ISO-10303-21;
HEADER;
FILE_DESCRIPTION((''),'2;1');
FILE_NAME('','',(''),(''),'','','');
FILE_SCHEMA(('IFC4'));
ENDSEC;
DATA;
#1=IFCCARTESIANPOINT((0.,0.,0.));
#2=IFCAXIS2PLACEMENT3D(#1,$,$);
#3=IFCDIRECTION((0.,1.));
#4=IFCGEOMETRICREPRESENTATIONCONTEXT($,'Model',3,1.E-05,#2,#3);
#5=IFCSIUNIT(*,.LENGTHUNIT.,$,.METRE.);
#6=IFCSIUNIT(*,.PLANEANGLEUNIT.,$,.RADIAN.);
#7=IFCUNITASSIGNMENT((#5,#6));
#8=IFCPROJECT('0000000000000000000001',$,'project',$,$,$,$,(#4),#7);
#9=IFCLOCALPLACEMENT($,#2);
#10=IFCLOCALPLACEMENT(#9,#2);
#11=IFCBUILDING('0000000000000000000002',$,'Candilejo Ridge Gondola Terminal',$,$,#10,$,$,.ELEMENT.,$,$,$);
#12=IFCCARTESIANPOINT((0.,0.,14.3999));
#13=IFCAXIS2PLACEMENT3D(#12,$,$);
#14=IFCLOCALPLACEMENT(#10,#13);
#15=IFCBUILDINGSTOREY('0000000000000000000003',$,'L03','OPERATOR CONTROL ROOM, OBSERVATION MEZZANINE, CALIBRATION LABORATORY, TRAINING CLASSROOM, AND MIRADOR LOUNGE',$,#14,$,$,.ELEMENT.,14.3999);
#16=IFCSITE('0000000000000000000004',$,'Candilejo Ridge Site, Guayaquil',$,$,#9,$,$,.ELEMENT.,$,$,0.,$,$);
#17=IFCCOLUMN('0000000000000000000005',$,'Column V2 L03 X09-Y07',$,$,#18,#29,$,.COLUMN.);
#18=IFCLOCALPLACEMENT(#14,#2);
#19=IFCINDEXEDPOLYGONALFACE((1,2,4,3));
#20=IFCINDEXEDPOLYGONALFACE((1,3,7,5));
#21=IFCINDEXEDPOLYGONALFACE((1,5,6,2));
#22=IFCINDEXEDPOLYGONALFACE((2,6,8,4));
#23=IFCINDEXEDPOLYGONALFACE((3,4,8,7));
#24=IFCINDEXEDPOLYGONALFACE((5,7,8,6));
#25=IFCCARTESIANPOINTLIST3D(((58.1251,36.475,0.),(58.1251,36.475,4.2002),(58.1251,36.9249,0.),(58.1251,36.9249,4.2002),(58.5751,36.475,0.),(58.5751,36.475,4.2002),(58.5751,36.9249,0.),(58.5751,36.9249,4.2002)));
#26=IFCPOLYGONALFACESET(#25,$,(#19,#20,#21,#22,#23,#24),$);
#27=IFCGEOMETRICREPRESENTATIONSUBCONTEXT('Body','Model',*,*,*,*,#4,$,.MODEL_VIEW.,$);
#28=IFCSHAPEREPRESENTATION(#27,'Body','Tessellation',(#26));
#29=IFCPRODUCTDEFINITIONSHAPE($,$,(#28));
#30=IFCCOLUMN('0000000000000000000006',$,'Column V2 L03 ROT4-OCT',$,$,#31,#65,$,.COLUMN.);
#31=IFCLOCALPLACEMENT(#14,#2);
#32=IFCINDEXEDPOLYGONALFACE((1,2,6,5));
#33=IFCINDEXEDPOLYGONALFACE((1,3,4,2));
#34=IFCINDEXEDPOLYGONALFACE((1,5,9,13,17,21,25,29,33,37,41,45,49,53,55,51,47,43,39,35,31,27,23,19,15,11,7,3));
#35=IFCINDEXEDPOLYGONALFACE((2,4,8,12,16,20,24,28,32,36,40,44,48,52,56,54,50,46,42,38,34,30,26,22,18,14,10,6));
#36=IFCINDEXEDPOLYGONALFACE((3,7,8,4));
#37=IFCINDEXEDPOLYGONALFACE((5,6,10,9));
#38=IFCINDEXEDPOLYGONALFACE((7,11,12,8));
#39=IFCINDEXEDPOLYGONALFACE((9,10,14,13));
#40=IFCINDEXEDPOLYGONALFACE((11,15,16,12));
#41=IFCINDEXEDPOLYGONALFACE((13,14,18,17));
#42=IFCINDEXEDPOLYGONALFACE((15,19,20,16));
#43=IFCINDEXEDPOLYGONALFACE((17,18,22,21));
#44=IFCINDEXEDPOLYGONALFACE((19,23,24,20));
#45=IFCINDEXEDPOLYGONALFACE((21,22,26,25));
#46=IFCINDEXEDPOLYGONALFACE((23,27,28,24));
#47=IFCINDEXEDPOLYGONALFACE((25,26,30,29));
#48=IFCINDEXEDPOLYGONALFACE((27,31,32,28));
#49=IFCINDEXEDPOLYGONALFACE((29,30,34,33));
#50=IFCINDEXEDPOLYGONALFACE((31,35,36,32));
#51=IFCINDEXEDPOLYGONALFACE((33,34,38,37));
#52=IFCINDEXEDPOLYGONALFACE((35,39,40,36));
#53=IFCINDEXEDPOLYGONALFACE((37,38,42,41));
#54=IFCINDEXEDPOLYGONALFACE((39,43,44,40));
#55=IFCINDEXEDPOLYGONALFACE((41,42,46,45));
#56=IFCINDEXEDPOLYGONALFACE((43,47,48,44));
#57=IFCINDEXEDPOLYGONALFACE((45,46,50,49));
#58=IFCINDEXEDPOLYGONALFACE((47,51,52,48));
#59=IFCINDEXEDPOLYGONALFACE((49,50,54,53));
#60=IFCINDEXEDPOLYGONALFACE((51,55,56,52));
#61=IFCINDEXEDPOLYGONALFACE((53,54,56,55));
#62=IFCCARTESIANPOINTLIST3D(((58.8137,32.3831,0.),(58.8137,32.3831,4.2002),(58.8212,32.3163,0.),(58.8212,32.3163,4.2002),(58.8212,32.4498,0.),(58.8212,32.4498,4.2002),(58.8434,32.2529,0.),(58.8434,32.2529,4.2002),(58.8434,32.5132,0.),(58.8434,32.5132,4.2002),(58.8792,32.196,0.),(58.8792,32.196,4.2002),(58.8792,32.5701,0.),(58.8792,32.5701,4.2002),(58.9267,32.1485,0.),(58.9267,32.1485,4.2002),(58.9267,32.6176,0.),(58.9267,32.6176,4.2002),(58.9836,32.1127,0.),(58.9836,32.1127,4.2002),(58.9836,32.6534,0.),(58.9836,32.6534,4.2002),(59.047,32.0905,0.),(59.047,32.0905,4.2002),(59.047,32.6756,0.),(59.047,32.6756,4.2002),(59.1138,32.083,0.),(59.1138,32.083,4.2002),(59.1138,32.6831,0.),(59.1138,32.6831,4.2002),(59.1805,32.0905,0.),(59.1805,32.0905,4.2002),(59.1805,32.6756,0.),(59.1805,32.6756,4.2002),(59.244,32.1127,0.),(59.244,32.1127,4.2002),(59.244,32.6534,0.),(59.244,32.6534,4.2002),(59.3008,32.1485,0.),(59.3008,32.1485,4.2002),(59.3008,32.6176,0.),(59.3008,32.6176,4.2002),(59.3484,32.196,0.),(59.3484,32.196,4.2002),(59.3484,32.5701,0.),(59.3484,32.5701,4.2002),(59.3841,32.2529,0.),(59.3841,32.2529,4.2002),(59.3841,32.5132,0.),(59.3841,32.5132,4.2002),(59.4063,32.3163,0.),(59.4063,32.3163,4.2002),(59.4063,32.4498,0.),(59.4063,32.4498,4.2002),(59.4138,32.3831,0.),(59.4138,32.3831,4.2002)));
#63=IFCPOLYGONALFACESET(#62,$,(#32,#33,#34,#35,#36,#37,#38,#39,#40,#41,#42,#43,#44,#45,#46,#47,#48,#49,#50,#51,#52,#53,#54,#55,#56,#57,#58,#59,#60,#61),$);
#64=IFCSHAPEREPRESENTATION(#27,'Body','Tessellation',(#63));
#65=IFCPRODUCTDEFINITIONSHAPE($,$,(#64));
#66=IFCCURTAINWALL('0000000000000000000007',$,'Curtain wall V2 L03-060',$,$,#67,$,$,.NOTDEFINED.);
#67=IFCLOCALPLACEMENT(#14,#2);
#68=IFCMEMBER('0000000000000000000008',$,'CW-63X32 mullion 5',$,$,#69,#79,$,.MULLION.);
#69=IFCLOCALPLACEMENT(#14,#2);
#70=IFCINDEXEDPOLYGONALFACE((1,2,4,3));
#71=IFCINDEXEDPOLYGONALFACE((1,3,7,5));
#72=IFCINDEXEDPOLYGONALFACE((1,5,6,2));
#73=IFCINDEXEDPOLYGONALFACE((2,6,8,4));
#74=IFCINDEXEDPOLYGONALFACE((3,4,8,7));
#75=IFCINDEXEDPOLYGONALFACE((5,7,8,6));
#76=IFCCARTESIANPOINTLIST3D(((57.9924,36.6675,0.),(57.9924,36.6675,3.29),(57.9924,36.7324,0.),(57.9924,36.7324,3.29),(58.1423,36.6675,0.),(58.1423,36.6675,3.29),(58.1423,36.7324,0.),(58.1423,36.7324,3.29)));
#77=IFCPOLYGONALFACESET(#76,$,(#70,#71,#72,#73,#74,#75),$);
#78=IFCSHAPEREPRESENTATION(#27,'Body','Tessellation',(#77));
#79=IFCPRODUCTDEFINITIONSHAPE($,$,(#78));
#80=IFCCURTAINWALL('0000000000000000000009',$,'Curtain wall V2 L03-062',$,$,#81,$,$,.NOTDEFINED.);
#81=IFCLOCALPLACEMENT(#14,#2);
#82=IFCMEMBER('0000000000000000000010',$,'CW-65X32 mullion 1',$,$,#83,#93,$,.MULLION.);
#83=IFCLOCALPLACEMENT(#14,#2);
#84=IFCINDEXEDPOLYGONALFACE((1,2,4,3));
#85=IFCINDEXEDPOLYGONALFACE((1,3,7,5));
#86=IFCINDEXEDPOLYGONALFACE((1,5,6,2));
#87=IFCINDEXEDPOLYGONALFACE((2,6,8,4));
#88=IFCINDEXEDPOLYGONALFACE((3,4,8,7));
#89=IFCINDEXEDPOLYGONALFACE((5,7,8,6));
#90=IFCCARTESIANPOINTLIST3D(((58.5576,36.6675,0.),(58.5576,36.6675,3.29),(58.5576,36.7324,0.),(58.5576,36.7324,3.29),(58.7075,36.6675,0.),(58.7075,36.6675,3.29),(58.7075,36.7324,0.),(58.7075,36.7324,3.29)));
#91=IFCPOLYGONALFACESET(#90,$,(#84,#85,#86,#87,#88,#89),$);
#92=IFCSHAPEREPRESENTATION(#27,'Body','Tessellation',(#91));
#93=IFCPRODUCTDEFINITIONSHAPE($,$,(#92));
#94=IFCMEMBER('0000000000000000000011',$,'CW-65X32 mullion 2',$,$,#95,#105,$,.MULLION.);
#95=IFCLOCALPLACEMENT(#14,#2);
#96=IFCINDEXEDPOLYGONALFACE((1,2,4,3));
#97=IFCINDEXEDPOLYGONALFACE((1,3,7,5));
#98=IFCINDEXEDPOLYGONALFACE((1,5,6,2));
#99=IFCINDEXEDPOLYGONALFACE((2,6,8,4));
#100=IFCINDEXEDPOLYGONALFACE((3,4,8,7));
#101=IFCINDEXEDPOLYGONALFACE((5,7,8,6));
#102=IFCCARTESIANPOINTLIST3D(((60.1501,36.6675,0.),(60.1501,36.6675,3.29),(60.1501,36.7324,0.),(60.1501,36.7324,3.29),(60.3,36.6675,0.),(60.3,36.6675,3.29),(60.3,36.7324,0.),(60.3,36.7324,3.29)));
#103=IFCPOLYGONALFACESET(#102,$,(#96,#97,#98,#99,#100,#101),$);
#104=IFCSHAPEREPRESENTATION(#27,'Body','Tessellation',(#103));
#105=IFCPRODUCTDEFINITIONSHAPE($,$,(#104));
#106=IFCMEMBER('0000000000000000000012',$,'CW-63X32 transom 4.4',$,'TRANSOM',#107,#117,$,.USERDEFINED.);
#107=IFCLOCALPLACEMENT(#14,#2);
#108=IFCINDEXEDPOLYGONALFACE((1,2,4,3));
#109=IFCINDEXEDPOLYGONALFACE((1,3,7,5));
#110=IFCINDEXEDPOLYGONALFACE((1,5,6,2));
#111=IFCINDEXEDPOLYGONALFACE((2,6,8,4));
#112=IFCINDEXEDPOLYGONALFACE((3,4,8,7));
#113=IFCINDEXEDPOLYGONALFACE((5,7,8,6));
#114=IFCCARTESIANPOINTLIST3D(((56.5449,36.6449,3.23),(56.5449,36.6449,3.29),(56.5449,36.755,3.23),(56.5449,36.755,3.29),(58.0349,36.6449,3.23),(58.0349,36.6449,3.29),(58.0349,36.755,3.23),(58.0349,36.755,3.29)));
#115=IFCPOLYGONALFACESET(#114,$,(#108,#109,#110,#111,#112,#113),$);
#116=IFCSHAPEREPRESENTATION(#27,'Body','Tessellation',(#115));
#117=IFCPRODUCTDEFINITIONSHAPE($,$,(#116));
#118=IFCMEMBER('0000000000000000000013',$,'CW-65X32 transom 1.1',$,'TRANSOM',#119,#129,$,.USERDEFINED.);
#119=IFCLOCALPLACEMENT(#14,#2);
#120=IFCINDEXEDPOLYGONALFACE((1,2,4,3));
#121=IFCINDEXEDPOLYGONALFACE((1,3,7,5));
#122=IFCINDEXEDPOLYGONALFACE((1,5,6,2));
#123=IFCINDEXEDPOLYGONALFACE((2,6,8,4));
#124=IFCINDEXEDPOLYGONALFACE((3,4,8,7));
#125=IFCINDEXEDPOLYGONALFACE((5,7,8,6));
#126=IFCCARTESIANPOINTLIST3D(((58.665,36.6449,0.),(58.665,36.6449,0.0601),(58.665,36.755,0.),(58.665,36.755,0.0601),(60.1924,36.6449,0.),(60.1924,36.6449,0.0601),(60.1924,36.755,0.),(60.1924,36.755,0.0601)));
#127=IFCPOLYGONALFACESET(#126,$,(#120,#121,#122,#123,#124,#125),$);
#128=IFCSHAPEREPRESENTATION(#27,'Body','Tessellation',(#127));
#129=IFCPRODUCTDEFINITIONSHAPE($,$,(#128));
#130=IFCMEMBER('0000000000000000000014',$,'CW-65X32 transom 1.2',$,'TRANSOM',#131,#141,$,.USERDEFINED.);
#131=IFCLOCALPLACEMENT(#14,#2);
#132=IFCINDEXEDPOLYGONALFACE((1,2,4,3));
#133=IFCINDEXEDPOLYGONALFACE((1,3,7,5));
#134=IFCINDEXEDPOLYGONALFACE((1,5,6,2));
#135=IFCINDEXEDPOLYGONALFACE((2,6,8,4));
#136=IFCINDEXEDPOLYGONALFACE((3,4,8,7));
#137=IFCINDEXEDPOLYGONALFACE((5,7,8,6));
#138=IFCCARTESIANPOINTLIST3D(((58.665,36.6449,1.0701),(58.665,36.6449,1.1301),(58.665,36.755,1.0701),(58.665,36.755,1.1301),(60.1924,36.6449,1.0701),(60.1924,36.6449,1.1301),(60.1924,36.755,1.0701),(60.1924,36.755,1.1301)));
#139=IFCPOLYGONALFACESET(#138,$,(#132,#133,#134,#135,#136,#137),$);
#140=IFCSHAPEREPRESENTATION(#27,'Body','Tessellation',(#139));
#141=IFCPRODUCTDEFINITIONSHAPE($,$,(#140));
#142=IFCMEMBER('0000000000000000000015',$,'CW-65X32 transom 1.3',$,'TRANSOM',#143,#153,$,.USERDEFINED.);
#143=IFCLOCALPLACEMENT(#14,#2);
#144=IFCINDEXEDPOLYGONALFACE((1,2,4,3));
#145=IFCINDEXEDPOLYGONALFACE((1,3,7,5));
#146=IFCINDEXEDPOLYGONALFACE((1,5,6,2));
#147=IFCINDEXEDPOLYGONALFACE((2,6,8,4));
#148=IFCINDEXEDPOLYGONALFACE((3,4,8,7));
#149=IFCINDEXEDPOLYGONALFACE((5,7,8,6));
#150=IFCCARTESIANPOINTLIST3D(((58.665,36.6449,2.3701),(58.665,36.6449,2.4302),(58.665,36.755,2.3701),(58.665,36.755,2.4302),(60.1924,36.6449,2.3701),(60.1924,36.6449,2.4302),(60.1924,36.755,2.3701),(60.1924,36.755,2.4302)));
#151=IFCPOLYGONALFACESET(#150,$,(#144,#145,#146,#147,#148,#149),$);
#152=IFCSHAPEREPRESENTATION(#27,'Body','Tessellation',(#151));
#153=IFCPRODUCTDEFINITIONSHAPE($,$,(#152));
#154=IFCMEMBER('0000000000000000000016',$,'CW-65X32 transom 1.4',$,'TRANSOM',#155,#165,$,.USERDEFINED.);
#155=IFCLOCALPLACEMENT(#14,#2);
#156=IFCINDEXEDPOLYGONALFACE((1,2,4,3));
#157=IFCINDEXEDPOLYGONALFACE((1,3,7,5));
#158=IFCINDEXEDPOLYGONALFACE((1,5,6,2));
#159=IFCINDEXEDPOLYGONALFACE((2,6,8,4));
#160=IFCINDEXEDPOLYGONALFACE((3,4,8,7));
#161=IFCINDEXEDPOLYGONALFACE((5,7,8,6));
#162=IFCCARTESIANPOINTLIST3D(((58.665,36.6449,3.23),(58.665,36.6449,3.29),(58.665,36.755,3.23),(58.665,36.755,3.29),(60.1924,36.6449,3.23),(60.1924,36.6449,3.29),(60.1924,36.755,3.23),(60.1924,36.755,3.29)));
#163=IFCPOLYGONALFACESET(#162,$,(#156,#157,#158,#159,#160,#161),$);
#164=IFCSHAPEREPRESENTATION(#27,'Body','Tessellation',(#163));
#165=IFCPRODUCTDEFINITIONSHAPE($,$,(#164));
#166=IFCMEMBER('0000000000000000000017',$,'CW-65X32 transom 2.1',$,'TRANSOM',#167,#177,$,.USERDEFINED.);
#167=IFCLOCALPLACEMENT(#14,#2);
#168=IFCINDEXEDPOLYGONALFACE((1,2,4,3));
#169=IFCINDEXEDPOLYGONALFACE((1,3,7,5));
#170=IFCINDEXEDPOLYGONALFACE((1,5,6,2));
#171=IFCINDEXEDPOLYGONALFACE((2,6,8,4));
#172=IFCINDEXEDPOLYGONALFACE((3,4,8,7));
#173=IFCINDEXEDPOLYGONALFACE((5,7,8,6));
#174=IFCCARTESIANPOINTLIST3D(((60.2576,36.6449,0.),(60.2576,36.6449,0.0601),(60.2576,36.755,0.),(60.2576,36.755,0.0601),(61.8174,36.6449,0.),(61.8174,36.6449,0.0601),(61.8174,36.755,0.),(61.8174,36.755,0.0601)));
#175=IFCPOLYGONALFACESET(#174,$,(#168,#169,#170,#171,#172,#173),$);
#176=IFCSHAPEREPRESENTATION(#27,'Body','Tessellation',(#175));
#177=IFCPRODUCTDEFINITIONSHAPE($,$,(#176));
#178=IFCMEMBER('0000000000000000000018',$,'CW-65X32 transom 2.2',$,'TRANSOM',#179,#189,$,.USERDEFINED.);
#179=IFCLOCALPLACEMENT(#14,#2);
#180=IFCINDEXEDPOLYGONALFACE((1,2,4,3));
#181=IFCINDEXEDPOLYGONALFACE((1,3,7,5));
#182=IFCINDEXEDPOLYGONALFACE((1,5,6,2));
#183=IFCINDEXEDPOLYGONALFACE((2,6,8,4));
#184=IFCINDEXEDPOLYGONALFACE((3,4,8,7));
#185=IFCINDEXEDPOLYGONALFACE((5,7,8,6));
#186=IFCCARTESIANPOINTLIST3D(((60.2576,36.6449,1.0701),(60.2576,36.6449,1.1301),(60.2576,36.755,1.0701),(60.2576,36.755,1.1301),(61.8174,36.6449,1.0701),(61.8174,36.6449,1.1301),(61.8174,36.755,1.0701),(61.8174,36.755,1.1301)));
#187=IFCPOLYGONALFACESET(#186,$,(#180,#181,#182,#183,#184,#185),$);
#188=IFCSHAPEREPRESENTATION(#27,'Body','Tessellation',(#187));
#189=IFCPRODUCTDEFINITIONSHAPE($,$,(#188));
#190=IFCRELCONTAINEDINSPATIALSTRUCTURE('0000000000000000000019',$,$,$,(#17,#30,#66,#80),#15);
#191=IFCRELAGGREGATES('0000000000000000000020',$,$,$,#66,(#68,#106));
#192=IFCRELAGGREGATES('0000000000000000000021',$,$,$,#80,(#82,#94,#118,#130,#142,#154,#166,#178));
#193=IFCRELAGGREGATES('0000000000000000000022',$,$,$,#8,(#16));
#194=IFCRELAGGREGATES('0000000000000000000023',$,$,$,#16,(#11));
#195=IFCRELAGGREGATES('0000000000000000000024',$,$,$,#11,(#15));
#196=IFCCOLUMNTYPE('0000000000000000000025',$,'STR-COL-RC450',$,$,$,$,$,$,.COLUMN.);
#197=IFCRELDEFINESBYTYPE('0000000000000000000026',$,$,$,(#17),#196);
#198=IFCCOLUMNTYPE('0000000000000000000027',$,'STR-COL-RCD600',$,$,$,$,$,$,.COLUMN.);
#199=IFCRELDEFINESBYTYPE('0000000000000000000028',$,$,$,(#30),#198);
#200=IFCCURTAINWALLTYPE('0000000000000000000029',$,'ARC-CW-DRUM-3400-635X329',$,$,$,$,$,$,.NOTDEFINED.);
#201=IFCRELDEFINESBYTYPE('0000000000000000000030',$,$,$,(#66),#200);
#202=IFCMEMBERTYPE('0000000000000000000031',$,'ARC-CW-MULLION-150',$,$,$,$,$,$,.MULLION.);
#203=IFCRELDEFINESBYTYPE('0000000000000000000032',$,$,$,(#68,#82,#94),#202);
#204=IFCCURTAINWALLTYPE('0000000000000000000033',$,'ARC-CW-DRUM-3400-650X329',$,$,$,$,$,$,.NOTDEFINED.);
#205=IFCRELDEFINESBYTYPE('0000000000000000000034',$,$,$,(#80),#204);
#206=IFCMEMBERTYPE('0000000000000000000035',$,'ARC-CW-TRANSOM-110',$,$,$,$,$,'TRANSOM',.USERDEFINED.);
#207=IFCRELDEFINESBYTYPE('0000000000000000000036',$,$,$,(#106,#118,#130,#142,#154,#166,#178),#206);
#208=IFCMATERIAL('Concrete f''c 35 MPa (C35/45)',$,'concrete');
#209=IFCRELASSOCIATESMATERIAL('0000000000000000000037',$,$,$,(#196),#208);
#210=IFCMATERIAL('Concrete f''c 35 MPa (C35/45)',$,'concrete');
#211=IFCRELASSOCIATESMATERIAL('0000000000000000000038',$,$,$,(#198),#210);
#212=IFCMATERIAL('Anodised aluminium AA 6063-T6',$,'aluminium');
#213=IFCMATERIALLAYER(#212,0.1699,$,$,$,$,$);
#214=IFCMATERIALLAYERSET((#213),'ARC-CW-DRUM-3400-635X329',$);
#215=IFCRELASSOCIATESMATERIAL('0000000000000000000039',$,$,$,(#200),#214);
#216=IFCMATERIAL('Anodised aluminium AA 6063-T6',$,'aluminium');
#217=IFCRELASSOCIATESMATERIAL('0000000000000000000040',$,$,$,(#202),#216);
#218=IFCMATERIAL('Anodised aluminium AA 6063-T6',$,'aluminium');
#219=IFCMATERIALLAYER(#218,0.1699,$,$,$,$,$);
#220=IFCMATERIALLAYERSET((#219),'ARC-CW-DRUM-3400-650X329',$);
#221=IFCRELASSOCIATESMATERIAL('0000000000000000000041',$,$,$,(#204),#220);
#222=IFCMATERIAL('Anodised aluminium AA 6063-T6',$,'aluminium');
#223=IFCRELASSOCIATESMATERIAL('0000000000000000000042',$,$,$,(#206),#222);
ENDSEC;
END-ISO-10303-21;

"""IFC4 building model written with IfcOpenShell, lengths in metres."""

from ifc_helpers import new_model, si_unit, direction, frame, origin, origin_2d, place, context, subcontext, project, spatial, rectangle, circle, extrude, material, layer, layer_set, material_profile, profile_set, type_object, element, aggregate, save


model = new_model("IFC4")

# Units and contexts
model_context = context("Model", 3, precision=1e-05, world=origin(), true_north=direction((0.0, 1.0)))
body_context = subcontext(model_context, "Body", "Model", "MODEL_VIEW")
ifc_project = project(units=[si_unit("LENGTHUNIT", "METRE"), si_unit("PLANEANGLEUNIT", "RADIAN")], contexts=[model_context])

# Site, building, storey
site_placement = place(None, origin())
site = spatial("IfcSite", under=ifc_project, at=site_placement, Name="Candilejo Ridge Site, Guayaquil", CompositionType="ELEMENT", RefElevation=0.0)
building_placement = place(site_placement, origin())
building = spatial("IfcBuilding", under=site, at=building_placement, Name="Candilejo Ridge Gondola Terminal", CompositionType="ELEMENT")
storey_placement = place(building_placement, frame((0.0, 0.0, 14.3999)))
storey = spatial("IfcBuildingStorey", under=building, at=storey_placement, Name="L03", Description="OPERATOR CONTROL ROOM, OBSERVATION MEZZANINE, CALIBRATION LABORATORY, TRAINING CLASSROOM, AND MIRADOR LOUNGE", CompositionType="ELEMENT", Elevation=14.3999)

# Columns
ifc_material_1 = material(Name="Concrete f'c 35 MPa (C35/45)", Category="concrete")
ifc_material_profile_1 = material_profile(ifc_material_1, rectangle(XDim=0.45, YDim=0.45, at=origin_2d()))
ifc_profile_set_1 = profile_set([ifc_material_profile_1], Name="Concrete f'c 35 MPa (C35/45)")
column_type_1 = type_object("IfcColumnType", Name="STR-COL-RC450", PredefinedType="COLUMN", material=ifc_profile_set_1)
column_1_placement = place(storey_placement, frame((58.3501, 36.7, 0.0), z_axis=(0.0, 0.0, 1.0), x_axis=(1.0, 0.0, 0.0)))
element("IfcColumn", 1, at=column_1_placement, inside=storey, type_object=column_type_1, Name="Column V2 L03 X09-Y07", PredefinedType="COLUMN", context=body_context, shape_type="SweptSolid", body=[
    extrude(rectangle(XDim=0.45, YDim=0.45, at=origin_2d()), origin(), (0.0, 0.0, 1.0), 4.2002),
])
ifc_material_2 = material(Name="Concrete f'c 35 MPa (C35/45)", Category="concrete")
ifc_material_profile_2 = material_profile(ifc_material_2, circle(Radius=0.3, at=origin_2d()))
ifc_profile_set_2 = profile_set([ifc_material_profile_2], Name="Concrete f'c 35 MPa (C35/45)")
column_type_2 = type_object("IfcColumnType", Name="STR-COL-RCD600", PredefinedType="COLUMN", material=ifc_profile_set_2)
column_2_placement = place(storey_placement, frame((59.1138, 32.3831, 0.0), z_axis=(0.0, 0.0, 1.0), x_axis=(1.0, 0.0, 0.0)))
element("IfcColumn", 2, at=column_2_placement, inside=storey, type_object=column_type_2, Name="Column V2 L03 ROT4-OCT", PredefinedType="COLUMN", context=body_context, shape_type="SweptSolid", body=[
    extrude(circle(Radius=0.3, at=origin_2d()), origin(), (0.0, 0.0, 1.0), 4.2002),
])

# Curtain wall, member
ifc_material_3 = material(Name="Anodised aluminium AA 6063-T6", Category="aluminium")
ifc_layer_1 = layer(ifc_material_3, 0.1699)
ifc_layer_set_1 = layer_set([ifc_layer_1], Name="ARC-CW-DRUM-3400-635X329")
curtain_wall_type_1 = type_object("IfcCurtainWallType", Name="ARC-CW-DRUM-3400-635X329", PredefinedType="NOTDEFINED", material=ifc_layer_set_1)
curtain_wall_1_placement = place(storey_placement, origin())
curtain_wall_1 = element("IfcCurtainWall", 3, at=curtain_wall_1_placement, inside=storey, type_object=curtain_wall_type_1, Name="Curtain wall V2 L03-060", PredefinedType="NOTDEFINED")
ifc_material_4 = material(Name="Anodised aluminium AA 6063-T6", Category="aluminium")
ifc_material_profile_3 = material_profile(ifc_material_4, rectangle(XDim=0.0649, YDim=0.1499, at=origin_2d()))
ifc_profile_set_3 = profile_set([ifc_material_profile_3], Name="Anodised aluminium AA 6063-T6")
member_type_1 = type_object("IfcMemberType", Name="ARC-CW-MULLION-150", PredefinedType="MULLION", material=ifc_profile_set_3)
member_1_placement = place(storey_placement, frame((58.0674, 36.7, 0.0), z_axis=(0.0, 0.0, 1.0), x_axis=(0.0, 1.0, 0.0)))
member_1 = element("IfcMember", 4, at=member_1_placement, type_object=member_type_1, Name="CW-63X32 mullion 5", PredefinedType="MULLION", context=body_context, shape_type="SweptSolid", body=[
    extrude(rectangle(XDim=0.0649, YDim=0.1499, at=origin_2d()), origin(), (0.0, 0.0, 1.0), 3.29),
])

# Curtain wall, members
ifc_material_5 = material(Name="Anodised aluminium AA 6063-T6", Category="aluminium")
ifc_layer_2 = layer(ifc_material_5, 0.1699)
ifc_layer_set_2 = layer_set([ifc_layer_2], Name="ARC-CW-DRUM-3400-650X329")
curtain_wall_type_2 = type_object("IfcCurtainWallType", Name="ARC-CW-DRUM-3400-650X329", PredefinedType="NOTDEFINED", material=ifc_layer_set_2)
curtain_wall_2_placement = place(storey_placement, origin())
curtain_wall_2 = element("IfcCurtainWall", 5, at=curtain_wall_2_placement, inside=storey, type_object=curtain_wall_type_2, Name="Curtain wall V2 L03-062", PredefinedType="NOTDEFINED")
member_2_placement = place(storey_placement, frame((58.6326, 36.7, 0.0), z_axis=(0.0, 0.0, 1.0), x_axis=(0.0, 1.0, 0.0)))
member_2 = element("IfcMember", 6, at=member_2_placement, type_object=member_type_1, Name="CW-65X32 mullion 1", PredefinedType="MULLION", context=body_context, shape_type="SweptSolid", body=[
    extrude(rectangle(XDim=0.0649, YDim=0.1499, at=origin_2d()), origin(), (0.0, 0.0, 1.0), 3.29),
])
member_3_placement = place(storey_placement, frame((60.2251, 36.7, 0.0), z_axis=(0.0, 0.0, 1.0), x_axis=(0.0, 1.0, 0.0)))
member_3 = element("IfcMember", 7, at=member_3_placement, type_object=member_type_1, Name="CW-65X32 mullion 2", PredefinedType="MULLION", context=body_context, shape_type="SweptSolid", body=[
    extrude(rectangle(XDim=0.0649, YDim=0.1499, at=origin_2d()), origin(), (0.0, 0.0, 1.0), 3.29),
])

# Members
ifc_material_6 = material(Name="Anodised aluminium AA 6063-T6", Category="aluminium")
ifc_material_profile_4 = material_profile(ifc_material_6, rectangle(XDim=0.1101, YDim=0.0601, at=origin_2d()))
ifc_profile_set_4 = profile_set([ifc_material_profile_4], Name="Anodised aluminium AA 6063-T6")
member_type_2 = type_object("IfcMemberType", Name="ARC-CW-TRANSOM-110", ElementType="TRANSOM", PredefinedType="USERDEFINED", material=ifc_profile_set_4)
member_4_placement = place(storey_placement, frame((56.5449, 36.7, 3.26), z_axis=(1.0, 0.0, 0.0), x_axis=(0.0, 1.0, 0.0)))
member_4 = element("IfcMember", 8, at=member_4_placement, type_object=member_type_2, Name="CW-63X32 transom 4.4", ObjectType="TRANSOM", PredefinedType="USERDEFINED", context=body_context, shape_type="SweptSolid", body=[
    extrude(rectangle(XDim=0.1101, YDim=0.0601, at=origin_2d()), origin(), (0.0, 0.0, 1.0), 1.49),
])
member_5_placement = place(storey_placement, frame((58.665, 36.7, 0.03), z_axis=(1.0, 0.0, 0.0), x_axis=(0.0, 1.0, 0.0)))
member_5 = element("IfcMember", 9, at=member_5_placement, type_object=member_type_2, Name="CW-65X32 transom 1.1", ObjectType="TRANSOM", PredefinedType="USERDEFINED", context=body_context, shape_type="SweptSolid", body=[
    extrude(rectangle(XDim=0.1101, YDim=0.0601, at=origin_2d()), origin(), (0.0, 0.0, 1.0), 1.5273),
])
member_6_placement = place(storey_placement, frame((58.665, 36.7, 1.1001), z_axis=(1.0, 0.0, 0.0), x_axis=(0.0, 1.0, 0.0)))
member_6 = element("IfcMember", 10, at=member_6_placement, type_object=member_type_2, Name="CW-65X32 transom 1.2", ObjectType="TRANSOM", PredefinedType="USERDEFINED", context=body_context, shape_type="SweptSolid", body=[
    extrude(rectangle(XDim=0.1101, YDim=0.0601, at=origin_2d()), origin(), (0.0, 0.0, 1.0), 1.5273),
])
member_7_placement = place(storey_placement, frame((58.665, 36.7, 2.4001), z_axis=(1.0, 0.0, 0.0), x_axis=(0.0, 1.0, 0.0)))
member_7 = element("IfcMember", 11, at=member_7_placement, type_object=member_type_2, Name="CW-65X32 transom 1.3", ObjectType="TRANSOM", PredefinedType="USERDEFINED", context=body_context, shape_type="SweptSolid", body=[
    extrude(rectangle(XDim=0.1101, YDim=0.0601, at=origin_2d()), origin(), (0.0, 0.0, 1.0), 1.5273),
])
member_8_placement = place(storey_placement, frame((58.665, 36.7, 3.26), z_axis=(1.0, 0.0, 0.0), x_axis=(0.0, 1.0, 0.0)))
member_8 = element("IfcMember", 12, at=member_8_placement, type_object=member_type_2, Name="CW-65X32 transom 1.4", ObjectType="TRANSOM", PredefinedType="USERDEFINED", context=body_context, shape_type="SweptSolid", body=[
    extrude(rectangle(XDim=0.1101, YDim=0.0601, at=origin_2d()), origin(), (0.0, 0.0, 1.0), 1.5273),
])
member_9_placement = place(storey_placement, frame((60.2576, 36.7, 0.03), z_axis=(1.0, 0.0, 0.0), x_axis=(0.0, 1.0, 0.0)))
member_9 = element("IfcMember", 13, at=member_9_placement, type_object=member_type_2, Name="CW-65X32 transom 2.1", ObjectType="TRANSOM", PredefinedType="USERDEFINED", context=body_context, shape_type="SweptSolid", body=[
    extrude(rectangle(XDim=0.1101, YDim=0.0601, at=origin_2d()), origin(), (0.0, 0.0, 1.0), 1.5598),
])
member_10_placement = place(storey_placement, frame((60.2576, 36.7, 1.1001), z_axis=(1.0, 0.0, 0.0), x_axis=(0.0, 1.0, 0.0)))
member_10 = element("IfcMember", 14, at=member_10_placement, type_object=member_type_2, Name="CW-65X32 transom 2.2", ObjectType="TRANSOM", PredefinedType="USERDEFINED", context=body_context, shape_type="SweptSolid", body=[
    extrude(rectangle(XDim=0.1101, YDim=0.0601, at=origin_2d()), origin(), (0.0, 0.0, 1.0), 1.5598),
])

aggregate(curtain_wall_1, [member_1, member_4])
aggregate(curtain_wall_2, [member_2, member_3, member_5, member_6, member_7, member_8, member_9, member_10])

save(model, "model.ifc")
